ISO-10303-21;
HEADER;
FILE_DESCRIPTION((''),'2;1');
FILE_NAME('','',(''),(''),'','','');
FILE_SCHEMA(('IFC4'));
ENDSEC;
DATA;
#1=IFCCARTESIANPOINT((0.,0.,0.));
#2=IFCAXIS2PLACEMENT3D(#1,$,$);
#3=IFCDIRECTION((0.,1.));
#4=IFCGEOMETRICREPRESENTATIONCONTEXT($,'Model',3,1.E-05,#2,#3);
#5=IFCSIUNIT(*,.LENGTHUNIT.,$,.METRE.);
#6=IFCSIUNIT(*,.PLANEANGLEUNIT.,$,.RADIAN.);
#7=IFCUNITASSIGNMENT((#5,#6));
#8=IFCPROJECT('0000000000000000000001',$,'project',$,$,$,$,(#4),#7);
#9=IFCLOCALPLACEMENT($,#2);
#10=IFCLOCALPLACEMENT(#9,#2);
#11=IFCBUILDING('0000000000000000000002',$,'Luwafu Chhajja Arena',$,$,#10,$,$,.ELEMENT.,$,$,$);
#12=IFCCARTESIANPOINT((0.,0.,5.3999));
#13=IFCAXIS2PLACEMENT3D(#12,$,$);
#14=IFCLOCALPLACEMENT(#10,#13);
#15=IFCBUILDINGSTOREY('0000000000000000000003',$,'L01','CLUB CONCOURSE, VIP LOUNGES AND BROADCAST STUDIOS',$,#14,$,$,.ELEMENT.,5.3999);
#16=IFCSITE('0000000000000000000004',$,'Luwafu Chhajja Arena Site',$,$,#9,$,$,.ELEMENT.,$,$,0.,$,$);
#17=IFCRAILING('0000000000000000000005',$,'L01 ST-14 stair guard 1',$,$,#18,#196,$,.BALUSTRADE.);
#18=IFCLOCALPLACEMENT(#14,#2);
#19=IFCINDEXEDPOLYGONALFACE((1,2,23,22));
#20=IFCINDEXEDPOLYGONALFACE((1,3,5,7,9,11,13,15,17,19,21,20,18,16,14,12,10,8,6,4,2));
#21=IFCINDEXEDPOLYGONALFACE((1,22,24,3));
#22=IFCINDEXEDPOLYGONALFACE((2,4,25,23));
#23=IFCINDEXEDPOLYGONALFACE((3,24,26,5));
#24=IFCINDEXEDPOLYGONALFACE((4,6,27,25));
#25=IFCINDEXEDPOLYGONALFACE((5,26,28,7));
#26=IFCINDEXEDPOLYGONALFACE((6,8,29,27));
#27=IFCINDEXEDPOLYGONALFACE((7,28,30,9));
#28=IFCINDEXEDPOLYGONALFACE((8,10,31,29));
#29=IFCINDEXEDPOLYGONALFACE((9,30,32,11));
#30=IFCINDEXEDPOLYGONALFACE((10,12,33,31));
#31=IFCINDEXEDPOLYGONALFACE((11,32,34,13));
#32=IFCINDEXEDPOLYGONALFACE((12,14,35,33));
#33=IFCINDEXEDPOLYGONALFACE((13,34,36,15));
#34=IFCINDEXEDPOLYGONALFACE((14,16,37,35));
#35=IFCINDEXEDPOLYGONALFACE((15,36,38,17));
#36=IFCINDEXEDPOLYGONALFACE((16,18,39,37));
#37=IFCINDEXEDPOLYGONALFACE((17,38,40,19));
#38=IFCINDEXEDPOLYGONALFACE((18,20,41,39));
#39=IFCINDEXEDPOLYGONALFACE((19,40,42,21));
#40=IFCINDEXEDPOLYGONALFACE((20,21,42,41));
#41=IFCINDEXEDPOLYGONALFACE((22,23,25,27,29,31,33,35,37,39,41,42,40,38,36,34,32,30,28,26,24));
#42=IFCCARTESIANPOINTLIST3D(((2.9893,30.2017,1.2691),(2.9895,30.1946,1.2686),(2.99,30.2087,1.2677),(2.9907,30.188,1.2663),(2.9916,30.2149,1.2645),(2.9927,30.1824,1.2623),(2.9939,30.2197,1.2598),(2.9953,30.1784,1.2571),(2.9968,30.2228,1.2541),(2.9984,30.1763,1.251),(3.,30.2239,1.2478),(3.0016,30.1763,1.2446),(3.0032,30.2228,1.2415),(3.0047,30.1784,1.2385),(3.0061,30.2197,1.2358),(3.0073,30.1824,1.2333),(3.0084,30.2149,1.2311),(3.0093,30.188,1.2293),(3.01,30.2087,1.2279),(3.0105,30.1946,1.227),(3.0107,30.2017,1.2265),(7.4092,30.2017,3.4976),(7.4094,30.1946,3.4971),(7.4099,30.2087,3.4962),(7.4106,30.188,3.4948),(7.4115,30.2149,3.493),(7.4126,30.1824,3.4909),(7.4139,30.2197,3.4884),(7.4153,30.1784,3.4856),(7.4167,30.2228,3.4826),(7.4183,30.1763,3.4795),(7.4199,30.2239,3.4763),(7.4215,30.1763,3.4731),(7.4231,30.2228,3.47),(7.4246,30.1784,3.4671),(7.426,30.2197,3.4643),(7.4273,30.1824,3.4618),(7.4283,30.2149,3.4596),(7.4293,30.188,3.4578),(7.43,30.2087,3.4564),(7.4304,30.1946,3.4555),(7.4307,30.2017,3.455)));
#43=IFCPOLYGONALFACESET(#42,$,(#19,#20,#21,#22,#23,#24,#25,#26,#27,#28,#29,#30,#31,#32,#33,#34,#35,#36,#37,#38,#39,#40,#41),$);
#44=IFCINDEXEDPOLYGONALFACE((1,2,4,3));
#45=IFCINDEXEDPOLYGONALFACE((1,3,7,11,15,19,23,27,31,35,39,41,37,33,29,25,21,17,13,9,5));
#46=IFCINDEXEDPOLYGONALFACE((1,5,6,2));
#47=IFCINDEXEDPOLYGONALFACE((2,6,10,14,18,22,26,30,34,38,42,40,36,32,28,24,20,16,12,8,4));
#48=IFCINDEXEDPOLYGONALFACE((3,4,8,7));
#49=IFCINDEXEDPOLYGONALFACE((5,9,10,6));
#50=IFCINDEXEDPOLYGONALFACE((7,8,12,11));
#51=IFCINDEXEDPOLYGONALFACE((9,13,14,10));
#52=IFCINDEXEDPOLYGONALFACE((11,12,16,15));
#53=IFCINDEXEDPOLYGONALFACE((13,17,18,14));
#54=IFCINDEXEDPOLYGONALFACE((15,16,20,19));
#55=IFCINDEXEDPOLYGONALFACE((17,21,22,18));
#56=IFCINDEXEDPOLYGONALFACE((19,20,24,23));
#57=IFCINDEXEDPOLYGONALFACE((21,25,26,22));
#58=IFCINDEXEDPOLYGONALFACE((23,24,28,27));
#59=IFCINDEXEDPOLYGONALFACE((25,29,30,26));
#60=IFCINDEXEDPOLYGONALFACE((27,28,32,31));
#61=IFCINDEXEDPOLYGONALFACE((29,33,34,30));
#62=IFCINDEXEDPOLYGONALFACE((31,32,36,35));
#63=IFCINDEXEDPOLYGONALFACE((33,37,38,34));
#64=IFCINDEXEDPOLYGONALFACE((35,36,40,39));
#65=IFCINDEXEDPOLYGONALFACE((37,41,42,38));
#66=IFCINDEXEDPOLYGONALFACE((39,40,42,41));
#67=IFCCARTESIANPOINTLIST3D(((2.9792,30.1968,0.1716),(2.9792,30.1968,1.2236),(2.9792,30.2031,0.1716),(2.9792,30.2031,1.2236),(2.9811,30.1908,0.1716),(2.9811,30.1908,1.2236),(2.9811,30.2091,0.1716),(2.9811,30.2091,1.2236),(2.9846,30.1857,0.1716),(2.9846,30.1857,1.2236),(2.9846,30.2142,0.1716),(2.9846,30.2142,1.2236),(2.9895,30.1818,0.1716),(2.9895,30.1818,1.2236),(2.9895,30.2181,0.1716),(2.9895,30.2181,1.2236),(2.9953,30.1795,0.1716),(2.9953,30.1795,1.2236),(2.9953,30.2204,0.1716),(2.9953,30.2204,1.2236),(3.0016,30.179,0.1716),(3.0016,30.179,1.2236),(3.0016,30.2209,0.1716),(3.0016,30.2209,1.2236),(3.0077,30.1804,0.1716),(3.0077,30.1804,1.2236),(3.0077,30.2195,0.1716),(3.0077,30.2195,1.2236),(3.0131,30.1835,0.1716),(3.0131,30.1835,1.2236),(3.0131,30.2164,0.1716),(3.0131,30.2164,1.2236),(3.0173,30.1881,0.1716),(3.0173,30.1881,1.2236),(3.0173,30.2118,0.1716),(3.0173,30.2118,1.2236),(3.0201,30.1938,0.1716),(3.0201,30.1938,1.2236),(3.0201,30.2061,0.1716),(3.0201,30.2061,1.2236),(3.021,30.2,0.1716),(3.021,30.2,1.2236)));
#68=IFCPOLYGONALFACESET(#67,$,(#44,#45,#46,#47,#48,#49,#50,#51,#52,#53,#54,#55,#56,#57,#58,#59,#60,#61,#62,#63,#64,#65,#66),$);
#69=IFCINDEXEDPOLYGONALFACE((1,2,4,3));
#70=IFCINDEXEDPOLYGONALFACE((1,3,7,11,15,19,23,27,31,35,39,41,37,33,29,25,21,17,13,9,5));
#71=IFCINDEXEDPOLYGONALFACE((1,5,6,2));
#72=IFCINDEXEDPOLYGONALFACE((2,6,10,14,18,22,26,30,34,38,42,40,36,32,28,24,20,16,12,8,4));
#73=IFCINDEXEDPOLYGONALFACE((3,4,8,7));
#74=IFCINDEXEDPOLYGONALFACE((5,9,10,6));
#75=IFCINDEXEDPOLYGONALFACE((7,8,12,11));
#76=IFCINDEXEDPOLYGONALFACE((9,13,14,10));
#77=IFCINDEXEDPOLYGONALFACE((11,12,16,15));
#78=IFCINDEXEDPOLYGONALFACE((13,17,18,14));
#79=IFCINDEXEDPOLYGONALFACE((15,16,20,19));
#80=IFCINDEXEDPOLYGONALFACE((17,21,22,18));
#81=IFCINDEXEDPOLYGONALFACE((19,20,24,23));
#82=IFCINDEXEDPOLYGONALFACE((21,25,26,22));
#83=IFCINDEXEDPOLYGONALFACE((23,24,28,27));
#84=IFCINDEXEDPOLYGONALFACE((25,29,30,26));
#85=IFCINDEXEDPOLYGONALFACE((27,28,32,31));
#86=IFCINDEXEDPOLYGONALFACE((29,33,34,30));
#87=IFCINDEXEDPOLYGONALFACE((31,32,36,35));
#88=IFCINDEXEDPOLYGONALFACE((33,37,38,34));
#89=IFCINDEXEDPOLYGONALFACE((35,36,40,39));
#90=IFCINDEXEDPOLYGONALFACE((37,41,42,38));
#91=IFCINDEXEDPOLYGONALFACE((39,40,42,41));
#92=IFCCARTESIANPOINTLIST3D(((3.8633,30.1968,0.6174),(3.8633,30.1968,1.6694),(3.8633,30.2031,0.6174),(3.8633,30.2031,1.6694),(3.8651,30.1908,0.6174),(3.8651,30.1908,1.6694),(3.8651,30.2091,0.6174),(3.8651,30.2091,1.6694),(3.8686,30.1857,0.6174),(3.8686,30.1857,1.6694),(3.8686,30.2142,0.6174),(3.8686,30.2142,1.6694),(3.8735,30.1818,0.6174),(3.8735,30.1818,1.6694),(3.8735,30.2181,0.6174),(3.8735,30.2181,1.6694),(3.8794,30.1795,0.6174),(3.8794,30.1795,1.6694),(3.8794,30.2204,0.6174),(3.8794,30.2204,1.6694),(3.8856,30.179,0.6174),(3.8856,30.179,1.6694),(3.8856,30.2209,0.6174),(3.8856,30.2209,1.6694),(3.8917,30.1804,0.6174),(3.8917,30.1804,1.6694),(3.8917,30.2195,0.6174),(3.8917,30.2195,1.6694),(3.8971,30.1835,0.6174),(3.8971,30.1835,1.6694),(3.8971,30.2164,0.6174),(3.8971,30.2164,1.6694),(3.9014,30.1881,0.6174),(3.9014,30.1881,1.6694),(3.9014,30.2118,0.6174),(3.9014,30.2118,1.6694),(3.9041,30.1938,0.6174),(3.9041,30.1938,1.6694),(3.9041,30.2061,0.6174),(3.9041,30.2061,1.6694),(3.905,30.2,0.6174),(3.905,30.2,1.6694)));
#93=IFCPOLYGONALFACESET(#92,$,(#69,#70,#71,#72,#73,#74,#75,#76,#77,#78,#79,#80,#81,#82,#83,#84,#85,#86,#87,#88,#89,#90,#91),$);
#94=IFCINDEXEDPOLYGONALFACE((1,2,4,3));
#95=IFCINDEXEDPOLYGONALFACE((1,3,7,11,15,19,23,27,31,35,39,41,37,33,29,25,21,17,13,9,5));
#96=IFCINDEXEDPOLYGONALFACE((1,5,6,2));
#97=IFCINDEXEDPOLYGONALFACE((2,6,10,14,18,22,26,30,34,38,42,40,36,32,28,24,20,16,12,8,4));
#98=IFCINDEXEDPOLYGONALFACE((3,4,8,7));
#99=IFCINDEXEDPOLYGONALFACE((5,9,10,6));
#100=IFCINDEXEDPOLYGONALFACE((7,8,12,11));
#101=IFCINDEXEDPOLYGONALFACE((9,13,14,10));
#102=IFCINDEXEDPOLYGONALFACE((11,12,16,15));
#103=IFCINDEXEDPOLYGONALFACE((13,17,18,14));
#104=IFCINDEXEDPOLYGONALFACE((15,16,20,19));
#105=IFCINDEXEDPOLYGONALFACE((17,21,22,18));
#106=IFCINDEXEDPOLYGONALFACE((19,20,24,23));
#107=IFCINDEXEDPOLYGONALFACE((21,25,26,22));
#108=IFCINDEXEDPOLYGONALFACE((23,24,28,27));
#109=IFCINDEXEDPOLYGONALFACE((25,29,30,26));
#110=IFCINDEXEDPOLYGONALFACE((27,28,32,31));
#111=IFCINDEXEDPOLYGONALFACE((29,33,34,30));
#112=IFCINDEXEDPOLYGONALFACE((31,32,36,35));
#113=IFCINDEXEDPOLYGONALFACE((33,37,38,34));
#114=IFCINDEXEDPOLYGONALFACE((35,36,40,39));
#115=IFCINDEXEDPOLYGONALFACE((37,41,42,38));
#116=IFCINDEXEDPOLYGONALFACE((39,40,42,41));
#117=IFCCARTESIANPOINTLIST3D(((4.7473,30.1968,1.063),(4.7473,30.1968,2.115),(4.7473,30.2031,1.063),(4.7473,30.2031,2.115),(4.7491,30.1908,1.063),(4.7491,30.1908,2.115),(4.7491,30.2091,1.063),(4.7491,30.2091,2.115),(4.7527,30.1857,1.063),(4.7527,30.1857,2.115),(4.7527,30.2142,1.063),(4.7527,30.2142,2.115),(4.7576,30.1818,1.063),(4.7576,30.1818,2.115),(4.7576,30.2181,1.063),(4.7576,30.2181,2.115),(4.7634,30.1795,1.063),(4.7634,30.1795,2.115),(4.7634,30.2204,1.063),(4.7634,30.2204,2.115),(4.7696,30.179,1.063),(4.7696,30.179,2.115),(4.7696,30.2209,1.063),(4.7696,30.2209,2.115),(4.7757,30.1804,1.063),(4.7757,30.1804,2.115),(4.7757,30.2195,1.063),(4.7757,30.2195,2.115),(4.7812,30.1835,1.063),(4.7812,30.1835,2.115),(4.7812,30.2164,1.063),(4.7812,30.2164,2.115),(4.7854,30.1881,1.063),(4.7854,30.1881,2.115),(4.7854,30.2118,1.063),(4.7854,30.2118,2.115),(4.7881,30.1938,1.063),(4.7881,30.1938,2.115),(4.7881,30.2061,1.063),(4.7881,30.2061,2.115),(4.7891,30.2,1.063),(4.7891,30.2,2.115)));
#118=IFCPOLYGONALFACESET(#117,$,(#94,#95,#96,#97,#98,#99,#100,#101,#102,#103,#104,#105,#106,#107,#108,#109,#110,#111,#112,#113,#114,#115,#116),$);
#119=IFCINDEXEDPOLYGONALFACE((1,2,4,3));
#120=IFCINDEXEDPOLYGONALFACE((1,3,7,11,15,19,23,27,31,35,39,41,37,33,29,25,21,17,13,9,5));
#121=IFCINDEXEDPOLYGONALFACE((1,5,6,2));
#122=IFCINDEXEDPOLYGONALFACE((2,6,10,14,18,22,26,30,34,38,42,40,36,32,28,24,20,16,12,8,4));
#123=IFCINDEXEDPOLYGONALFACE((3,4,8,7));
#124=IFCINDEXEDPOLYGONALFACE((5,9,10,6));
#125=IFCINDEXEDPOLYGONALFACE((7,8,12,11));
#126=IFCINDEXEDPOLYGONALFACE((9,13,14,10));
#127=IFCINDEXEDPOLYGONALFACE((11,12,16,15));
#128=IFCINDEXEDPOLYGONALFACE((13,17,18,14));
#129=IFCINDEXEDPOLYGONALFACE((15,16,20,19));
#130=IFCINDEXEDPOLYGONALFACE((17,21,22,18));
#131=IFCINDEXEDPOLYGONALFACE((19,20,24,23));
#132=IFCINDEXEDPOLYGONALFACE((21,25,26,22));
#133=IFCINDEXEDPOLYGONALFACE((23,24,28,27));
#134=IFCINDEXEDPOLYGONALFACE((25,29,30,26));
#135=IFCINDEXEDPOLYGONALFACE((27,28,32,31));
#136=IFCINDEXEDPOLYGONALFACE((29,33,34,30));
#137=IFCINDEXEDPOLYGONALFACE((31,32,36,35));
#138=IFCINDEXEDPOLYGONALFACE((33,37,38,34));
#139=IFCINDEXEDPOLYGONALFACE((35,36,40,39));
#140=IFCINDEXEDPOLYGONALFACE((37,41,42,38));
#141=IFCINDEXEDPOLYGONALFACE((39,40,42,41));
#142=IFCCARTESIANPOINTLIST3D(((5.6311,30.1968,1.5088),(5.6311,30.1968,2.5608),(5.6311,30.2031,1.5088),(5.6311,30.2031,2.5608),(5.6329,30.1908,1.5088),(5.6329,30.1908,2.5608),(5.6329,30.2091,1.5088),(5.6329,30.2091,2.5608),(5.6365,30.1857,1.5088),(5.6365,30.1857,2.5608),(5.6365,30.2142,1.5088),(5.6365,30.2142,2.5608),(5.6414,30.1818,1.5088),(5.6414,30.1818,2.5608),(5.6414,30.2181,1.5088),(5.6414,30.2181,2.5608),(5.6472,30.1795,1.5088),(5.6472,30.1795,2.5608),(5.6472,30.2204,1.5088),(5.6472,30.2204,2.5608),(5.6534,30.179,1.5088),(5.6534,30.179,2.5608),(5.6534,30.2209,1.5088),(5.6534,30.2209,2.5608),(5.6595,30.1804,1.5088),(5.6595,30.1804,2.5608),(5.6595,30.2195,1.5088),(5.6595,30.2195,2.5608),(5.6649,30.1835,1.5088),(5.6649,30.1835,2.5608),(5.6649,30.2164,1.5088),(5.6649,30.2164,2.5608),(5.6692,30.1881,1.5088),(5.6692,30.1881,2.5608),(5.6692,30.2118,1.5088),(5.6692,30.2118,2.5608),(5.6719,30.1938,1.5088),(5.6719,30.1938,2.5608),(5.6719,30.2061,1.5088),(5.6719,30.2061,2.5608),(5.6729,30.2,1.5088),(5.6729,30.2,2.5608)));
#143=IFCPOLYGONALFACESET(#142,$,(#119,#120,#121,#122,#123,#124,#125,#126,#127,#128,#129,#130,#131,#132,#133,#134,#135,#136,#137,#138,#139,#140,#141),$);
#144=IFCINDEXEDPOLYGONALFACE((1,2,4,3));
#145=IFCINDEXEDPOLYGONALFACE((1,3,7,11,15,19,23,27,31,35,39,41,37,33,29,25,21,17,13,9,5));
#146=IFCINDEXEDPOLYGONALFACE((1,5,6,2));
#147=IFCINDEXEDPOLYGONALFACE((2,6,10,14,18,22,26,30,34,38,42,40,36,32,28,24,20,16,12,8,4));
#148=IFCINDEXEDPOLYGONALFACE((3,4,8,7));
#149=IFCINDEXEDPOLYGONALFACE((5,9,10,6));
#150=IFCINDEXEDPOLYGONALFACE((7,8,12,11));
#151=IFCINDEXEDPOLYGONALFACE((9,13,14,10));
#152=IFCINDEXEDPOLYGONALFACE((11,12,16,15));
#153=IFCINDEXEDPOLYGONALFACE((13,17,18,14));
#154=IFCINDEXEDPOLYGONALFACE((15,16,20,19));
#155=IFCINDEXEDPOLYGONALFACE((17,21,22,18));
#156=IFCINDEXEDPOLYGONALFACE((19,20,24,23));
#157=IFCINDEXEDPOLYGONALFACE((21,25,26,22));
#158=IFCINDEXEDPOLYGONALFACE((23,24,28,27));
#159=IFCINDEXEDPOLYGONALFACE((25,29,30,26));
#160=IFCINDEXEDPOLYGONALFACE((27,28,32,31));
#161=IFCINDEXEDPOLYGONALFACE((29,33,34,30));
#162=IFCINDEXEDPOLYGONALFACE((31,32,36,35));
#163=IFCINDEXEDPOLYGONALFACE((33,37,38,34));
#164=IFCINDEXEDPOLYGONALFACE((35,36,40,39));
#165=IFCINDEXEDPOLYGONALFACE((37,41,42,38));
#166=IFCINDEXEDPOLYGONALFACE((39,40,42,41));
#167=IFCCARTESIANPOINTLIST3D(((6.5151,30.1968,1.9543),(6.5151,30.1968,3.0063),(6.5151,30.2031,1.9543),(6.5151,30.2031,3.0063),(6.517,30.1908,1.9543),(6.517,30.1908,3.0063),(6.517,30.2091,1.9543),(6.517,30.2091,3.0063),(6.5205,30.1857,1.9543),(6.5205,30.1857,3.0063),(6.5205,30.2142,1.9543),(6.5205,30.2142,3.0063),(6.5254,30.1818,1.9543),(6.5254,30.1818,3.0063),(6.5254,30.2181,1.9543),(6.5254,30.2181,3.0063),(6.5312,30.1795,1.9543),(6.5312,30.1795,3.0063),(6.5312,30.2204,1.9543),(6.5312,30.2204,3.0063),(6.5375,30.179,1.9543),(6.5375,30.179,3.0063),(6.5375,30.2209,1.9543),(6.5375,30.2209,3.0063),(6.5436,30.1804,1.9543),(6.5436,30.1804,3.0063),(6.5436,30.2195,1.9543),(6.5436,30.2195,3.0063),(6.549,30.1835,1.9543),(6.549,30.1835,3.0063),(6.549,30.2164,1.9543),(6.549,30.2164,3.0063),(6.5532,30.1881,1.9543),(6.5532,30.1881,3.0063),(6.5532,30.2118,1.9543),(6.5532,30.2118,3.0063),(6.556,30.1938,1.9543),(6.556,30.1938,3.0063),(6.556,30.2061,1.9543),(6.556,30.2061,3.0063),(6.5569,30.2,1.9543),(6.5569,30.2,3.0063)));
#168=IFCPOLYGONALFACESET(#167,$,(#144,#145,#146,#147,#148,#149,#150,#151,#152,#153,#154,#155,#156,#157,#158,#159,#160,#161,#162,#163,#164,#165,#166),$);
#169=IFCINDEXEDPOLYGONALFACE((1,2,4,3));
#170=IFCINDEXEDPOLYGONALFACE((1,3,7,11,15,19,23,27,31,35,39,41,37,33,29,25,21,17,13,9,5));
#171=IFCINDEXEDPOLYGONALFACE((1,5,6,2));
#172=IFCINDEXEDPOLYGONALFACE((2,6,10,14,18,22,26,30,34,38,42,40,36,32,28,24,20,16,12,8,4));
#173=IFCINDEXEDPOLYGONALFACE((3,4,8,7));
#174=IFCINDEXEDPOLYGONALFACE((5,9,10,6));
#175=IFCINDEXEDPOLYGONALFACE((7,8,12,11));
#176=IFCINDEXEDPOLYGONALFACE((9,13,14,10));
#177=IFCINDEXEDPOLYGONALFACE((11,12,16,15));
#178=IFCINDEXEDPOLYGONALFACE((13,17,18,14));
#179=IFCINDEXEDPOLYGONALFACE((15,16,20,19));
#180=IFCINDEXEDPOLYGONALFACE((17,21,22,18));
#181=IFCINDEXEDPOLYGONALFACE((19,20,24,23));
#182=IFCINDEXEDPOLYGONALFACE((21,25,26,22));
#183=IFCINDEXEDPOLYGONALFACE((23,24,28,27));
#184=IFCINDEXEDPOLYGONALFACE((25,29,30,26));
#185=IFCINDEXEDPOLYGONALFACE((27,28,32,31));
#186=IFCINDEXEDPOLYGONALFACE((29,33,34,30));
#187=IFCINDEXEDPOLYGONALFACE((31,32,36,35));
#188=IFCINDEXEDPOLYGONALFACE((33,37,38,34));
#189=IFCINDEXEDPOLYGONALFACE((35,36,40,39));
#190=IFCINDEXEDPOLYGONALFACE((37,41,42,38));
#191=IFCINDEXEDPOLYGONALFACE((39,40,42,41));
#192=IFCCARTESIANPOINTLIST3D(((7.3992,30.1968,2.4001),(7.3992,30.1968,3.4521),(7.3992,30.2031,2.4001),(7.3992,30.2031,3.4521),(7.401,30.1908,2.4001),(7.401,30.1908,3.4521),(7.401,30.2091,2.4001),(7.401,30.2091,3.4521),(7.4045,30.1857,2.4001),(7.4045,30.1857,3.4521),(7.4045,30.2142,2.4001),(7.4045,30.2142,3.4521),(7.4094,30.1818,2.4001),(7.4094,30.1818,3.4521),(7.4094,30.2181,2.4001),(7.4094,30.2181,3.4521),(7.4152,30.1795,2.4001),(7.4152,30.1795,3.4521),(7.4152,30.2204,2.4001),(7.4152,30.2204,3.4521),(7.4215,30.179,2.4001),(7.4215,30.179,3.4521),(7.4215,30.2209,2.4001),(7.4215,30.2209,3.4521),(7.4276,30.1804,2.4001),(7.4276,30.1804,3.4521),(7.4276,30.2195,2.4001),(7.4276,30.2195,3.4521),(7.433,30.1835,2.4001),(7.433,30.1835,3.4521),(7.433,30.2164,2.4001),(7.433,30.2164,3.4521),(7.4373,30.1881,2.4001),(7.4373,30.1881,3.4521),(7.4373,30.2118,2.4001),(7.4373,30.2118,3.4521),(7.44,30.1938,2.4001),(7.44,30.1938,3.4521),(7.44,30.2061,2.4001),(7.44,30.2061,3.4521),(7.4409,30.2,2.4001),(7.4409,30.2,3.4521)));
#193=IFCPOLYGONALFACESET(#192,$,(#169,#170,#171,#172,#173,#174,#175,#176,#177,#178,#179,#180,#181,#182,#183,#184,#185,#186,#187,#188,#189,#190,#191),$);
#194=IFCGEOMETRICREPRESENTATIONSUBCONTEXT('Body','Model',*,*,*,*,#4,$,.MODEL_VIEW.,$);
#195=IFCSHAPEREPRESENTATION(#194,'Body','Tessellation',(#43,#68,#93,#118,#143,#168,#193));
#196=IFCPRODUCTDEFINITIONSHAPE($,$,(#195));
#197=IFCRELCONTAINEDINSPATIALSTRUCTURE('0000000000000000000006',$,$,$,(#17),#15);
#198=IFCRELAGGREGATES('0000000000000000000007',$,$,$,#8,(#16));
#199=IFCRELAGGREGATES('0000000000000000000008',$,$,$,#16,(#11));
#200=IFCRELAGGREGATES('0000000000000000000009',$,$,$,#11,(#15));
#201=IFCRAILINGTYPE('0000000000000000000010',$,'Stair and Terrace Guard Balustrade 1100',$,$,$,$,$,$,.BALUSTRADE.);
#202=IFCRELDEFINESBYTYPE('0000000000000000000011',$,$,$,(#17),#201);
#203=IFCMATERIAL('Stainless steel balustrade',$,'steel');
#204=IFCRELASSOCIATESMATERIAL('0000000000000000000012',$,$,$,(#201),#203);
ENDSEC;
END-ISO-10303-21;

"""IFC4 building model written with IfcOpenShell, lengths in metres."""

from ifc_helpers import new_model, si_unit, direction, frame, origin, origin_2d, place, context, subcontext, project, spatial, circle, extrude, material, type_object, element, save


model = new_model("IFC4")

# Units and contexts
model_context = context("Model", 3, precision=1e-05, world=origin(), true_north=direction((0.0, 1.0)))
body_context = subcontext(model_context, "Body", "Model", "MODEL_VIEW")
ifc_project = project(units=[si_unit("LENGTHUNIT", "METRE"), si_unit("PLANEANGLEUNIT", "RADIAN")], contexts=[model_context])

# Site, building, storey
site_placement = place(None, origin())
site = spatial("IfcSite", under=ifc_project, at=site_placement, Name="Luwafu Chhajja Arena Site", CompositionType="ELEMENT", RefElevation=0.0)
building_placement = place(site_placement, origin())
building = spatial("IfcBuilding", under=site, at=building_placement, Name="Luwafu Chhajja Arena", CompositionType="ELEMENT")
storey_placement = place(building_placement, frame((0.0, 0.0, 5.3999)))
storey = spatial("IfcBuildingStorey", under=building, at=storey_placement, Name="L01", Description="CLUB CONCOURSE, VIP LOUNGES AND BROADCAST STUDIOS", CompositionType="ELEMENT", Elevation=5.3999)

# Railing
ifc_material_1 = material(Name="Stainless steel balustrade", Category="steel")
railing_type_1 = type_object("IfcRailingType", Name="Stair and Terrace Guard Balustrade 1100", PredefinedType="BALUSTRADE", material=ifc_material_1)
railing_1_placement = place(storey_placement, frame((3.0, 30.2, 0.1716)))
element("IfcRailing", 1, at=railing_1_placement, inside=storey, type_object=railing_type_1, Name="L01 ST-14 stair guard 1", PredefinedType="BALUSTRADE", context=body_context, shape_type="SweptSolid", body=[
    extrude(circle(Radius=0.0239, at=origin_2d()), frame((0.0, 0.0, 1.0762), z_axis=(0.892923, 0.0, 0.45021), x_axis=(0.0, 1.0, 0.0)), (0.0, 0.0, 1.0), 4.95),
    extrude(circle(Radius=0.021, at=origin_2d()), origin(), (0.0, 0.0, 1.0), 1.052),
    extrude(circle(Radius=0.021, at=origin_2d()), frame((0.884, 0.0, 0.4458)), (0.0, 0.0, 1.0), 1.052),
    extrude(circle(Radius=0.021, at=origin_2d()), frame((1.7681, 0.0, 0.8914)), (0.0, 0.0, 1.0), 1.052),
    extrude(circle(Radius=0.021, at=origin_2d()), frame((2.6519, 0.0, 1.3372)), (0.0, 0.0, 1.0), 1.052),
    extrude(circle(Radius=0.021, at=origin_2d()), frame((3.5359, 0.0, 1.7827)), (0.0, 0.0, 1.0), 1.052),
    extrude(circle(Radius=0.021, at=origin_2d()), frame((4.4199, 0.0, 2.2285)), (0.0, 0.0, 1.0), 1.052),
])

save(model, "model.ifc")
